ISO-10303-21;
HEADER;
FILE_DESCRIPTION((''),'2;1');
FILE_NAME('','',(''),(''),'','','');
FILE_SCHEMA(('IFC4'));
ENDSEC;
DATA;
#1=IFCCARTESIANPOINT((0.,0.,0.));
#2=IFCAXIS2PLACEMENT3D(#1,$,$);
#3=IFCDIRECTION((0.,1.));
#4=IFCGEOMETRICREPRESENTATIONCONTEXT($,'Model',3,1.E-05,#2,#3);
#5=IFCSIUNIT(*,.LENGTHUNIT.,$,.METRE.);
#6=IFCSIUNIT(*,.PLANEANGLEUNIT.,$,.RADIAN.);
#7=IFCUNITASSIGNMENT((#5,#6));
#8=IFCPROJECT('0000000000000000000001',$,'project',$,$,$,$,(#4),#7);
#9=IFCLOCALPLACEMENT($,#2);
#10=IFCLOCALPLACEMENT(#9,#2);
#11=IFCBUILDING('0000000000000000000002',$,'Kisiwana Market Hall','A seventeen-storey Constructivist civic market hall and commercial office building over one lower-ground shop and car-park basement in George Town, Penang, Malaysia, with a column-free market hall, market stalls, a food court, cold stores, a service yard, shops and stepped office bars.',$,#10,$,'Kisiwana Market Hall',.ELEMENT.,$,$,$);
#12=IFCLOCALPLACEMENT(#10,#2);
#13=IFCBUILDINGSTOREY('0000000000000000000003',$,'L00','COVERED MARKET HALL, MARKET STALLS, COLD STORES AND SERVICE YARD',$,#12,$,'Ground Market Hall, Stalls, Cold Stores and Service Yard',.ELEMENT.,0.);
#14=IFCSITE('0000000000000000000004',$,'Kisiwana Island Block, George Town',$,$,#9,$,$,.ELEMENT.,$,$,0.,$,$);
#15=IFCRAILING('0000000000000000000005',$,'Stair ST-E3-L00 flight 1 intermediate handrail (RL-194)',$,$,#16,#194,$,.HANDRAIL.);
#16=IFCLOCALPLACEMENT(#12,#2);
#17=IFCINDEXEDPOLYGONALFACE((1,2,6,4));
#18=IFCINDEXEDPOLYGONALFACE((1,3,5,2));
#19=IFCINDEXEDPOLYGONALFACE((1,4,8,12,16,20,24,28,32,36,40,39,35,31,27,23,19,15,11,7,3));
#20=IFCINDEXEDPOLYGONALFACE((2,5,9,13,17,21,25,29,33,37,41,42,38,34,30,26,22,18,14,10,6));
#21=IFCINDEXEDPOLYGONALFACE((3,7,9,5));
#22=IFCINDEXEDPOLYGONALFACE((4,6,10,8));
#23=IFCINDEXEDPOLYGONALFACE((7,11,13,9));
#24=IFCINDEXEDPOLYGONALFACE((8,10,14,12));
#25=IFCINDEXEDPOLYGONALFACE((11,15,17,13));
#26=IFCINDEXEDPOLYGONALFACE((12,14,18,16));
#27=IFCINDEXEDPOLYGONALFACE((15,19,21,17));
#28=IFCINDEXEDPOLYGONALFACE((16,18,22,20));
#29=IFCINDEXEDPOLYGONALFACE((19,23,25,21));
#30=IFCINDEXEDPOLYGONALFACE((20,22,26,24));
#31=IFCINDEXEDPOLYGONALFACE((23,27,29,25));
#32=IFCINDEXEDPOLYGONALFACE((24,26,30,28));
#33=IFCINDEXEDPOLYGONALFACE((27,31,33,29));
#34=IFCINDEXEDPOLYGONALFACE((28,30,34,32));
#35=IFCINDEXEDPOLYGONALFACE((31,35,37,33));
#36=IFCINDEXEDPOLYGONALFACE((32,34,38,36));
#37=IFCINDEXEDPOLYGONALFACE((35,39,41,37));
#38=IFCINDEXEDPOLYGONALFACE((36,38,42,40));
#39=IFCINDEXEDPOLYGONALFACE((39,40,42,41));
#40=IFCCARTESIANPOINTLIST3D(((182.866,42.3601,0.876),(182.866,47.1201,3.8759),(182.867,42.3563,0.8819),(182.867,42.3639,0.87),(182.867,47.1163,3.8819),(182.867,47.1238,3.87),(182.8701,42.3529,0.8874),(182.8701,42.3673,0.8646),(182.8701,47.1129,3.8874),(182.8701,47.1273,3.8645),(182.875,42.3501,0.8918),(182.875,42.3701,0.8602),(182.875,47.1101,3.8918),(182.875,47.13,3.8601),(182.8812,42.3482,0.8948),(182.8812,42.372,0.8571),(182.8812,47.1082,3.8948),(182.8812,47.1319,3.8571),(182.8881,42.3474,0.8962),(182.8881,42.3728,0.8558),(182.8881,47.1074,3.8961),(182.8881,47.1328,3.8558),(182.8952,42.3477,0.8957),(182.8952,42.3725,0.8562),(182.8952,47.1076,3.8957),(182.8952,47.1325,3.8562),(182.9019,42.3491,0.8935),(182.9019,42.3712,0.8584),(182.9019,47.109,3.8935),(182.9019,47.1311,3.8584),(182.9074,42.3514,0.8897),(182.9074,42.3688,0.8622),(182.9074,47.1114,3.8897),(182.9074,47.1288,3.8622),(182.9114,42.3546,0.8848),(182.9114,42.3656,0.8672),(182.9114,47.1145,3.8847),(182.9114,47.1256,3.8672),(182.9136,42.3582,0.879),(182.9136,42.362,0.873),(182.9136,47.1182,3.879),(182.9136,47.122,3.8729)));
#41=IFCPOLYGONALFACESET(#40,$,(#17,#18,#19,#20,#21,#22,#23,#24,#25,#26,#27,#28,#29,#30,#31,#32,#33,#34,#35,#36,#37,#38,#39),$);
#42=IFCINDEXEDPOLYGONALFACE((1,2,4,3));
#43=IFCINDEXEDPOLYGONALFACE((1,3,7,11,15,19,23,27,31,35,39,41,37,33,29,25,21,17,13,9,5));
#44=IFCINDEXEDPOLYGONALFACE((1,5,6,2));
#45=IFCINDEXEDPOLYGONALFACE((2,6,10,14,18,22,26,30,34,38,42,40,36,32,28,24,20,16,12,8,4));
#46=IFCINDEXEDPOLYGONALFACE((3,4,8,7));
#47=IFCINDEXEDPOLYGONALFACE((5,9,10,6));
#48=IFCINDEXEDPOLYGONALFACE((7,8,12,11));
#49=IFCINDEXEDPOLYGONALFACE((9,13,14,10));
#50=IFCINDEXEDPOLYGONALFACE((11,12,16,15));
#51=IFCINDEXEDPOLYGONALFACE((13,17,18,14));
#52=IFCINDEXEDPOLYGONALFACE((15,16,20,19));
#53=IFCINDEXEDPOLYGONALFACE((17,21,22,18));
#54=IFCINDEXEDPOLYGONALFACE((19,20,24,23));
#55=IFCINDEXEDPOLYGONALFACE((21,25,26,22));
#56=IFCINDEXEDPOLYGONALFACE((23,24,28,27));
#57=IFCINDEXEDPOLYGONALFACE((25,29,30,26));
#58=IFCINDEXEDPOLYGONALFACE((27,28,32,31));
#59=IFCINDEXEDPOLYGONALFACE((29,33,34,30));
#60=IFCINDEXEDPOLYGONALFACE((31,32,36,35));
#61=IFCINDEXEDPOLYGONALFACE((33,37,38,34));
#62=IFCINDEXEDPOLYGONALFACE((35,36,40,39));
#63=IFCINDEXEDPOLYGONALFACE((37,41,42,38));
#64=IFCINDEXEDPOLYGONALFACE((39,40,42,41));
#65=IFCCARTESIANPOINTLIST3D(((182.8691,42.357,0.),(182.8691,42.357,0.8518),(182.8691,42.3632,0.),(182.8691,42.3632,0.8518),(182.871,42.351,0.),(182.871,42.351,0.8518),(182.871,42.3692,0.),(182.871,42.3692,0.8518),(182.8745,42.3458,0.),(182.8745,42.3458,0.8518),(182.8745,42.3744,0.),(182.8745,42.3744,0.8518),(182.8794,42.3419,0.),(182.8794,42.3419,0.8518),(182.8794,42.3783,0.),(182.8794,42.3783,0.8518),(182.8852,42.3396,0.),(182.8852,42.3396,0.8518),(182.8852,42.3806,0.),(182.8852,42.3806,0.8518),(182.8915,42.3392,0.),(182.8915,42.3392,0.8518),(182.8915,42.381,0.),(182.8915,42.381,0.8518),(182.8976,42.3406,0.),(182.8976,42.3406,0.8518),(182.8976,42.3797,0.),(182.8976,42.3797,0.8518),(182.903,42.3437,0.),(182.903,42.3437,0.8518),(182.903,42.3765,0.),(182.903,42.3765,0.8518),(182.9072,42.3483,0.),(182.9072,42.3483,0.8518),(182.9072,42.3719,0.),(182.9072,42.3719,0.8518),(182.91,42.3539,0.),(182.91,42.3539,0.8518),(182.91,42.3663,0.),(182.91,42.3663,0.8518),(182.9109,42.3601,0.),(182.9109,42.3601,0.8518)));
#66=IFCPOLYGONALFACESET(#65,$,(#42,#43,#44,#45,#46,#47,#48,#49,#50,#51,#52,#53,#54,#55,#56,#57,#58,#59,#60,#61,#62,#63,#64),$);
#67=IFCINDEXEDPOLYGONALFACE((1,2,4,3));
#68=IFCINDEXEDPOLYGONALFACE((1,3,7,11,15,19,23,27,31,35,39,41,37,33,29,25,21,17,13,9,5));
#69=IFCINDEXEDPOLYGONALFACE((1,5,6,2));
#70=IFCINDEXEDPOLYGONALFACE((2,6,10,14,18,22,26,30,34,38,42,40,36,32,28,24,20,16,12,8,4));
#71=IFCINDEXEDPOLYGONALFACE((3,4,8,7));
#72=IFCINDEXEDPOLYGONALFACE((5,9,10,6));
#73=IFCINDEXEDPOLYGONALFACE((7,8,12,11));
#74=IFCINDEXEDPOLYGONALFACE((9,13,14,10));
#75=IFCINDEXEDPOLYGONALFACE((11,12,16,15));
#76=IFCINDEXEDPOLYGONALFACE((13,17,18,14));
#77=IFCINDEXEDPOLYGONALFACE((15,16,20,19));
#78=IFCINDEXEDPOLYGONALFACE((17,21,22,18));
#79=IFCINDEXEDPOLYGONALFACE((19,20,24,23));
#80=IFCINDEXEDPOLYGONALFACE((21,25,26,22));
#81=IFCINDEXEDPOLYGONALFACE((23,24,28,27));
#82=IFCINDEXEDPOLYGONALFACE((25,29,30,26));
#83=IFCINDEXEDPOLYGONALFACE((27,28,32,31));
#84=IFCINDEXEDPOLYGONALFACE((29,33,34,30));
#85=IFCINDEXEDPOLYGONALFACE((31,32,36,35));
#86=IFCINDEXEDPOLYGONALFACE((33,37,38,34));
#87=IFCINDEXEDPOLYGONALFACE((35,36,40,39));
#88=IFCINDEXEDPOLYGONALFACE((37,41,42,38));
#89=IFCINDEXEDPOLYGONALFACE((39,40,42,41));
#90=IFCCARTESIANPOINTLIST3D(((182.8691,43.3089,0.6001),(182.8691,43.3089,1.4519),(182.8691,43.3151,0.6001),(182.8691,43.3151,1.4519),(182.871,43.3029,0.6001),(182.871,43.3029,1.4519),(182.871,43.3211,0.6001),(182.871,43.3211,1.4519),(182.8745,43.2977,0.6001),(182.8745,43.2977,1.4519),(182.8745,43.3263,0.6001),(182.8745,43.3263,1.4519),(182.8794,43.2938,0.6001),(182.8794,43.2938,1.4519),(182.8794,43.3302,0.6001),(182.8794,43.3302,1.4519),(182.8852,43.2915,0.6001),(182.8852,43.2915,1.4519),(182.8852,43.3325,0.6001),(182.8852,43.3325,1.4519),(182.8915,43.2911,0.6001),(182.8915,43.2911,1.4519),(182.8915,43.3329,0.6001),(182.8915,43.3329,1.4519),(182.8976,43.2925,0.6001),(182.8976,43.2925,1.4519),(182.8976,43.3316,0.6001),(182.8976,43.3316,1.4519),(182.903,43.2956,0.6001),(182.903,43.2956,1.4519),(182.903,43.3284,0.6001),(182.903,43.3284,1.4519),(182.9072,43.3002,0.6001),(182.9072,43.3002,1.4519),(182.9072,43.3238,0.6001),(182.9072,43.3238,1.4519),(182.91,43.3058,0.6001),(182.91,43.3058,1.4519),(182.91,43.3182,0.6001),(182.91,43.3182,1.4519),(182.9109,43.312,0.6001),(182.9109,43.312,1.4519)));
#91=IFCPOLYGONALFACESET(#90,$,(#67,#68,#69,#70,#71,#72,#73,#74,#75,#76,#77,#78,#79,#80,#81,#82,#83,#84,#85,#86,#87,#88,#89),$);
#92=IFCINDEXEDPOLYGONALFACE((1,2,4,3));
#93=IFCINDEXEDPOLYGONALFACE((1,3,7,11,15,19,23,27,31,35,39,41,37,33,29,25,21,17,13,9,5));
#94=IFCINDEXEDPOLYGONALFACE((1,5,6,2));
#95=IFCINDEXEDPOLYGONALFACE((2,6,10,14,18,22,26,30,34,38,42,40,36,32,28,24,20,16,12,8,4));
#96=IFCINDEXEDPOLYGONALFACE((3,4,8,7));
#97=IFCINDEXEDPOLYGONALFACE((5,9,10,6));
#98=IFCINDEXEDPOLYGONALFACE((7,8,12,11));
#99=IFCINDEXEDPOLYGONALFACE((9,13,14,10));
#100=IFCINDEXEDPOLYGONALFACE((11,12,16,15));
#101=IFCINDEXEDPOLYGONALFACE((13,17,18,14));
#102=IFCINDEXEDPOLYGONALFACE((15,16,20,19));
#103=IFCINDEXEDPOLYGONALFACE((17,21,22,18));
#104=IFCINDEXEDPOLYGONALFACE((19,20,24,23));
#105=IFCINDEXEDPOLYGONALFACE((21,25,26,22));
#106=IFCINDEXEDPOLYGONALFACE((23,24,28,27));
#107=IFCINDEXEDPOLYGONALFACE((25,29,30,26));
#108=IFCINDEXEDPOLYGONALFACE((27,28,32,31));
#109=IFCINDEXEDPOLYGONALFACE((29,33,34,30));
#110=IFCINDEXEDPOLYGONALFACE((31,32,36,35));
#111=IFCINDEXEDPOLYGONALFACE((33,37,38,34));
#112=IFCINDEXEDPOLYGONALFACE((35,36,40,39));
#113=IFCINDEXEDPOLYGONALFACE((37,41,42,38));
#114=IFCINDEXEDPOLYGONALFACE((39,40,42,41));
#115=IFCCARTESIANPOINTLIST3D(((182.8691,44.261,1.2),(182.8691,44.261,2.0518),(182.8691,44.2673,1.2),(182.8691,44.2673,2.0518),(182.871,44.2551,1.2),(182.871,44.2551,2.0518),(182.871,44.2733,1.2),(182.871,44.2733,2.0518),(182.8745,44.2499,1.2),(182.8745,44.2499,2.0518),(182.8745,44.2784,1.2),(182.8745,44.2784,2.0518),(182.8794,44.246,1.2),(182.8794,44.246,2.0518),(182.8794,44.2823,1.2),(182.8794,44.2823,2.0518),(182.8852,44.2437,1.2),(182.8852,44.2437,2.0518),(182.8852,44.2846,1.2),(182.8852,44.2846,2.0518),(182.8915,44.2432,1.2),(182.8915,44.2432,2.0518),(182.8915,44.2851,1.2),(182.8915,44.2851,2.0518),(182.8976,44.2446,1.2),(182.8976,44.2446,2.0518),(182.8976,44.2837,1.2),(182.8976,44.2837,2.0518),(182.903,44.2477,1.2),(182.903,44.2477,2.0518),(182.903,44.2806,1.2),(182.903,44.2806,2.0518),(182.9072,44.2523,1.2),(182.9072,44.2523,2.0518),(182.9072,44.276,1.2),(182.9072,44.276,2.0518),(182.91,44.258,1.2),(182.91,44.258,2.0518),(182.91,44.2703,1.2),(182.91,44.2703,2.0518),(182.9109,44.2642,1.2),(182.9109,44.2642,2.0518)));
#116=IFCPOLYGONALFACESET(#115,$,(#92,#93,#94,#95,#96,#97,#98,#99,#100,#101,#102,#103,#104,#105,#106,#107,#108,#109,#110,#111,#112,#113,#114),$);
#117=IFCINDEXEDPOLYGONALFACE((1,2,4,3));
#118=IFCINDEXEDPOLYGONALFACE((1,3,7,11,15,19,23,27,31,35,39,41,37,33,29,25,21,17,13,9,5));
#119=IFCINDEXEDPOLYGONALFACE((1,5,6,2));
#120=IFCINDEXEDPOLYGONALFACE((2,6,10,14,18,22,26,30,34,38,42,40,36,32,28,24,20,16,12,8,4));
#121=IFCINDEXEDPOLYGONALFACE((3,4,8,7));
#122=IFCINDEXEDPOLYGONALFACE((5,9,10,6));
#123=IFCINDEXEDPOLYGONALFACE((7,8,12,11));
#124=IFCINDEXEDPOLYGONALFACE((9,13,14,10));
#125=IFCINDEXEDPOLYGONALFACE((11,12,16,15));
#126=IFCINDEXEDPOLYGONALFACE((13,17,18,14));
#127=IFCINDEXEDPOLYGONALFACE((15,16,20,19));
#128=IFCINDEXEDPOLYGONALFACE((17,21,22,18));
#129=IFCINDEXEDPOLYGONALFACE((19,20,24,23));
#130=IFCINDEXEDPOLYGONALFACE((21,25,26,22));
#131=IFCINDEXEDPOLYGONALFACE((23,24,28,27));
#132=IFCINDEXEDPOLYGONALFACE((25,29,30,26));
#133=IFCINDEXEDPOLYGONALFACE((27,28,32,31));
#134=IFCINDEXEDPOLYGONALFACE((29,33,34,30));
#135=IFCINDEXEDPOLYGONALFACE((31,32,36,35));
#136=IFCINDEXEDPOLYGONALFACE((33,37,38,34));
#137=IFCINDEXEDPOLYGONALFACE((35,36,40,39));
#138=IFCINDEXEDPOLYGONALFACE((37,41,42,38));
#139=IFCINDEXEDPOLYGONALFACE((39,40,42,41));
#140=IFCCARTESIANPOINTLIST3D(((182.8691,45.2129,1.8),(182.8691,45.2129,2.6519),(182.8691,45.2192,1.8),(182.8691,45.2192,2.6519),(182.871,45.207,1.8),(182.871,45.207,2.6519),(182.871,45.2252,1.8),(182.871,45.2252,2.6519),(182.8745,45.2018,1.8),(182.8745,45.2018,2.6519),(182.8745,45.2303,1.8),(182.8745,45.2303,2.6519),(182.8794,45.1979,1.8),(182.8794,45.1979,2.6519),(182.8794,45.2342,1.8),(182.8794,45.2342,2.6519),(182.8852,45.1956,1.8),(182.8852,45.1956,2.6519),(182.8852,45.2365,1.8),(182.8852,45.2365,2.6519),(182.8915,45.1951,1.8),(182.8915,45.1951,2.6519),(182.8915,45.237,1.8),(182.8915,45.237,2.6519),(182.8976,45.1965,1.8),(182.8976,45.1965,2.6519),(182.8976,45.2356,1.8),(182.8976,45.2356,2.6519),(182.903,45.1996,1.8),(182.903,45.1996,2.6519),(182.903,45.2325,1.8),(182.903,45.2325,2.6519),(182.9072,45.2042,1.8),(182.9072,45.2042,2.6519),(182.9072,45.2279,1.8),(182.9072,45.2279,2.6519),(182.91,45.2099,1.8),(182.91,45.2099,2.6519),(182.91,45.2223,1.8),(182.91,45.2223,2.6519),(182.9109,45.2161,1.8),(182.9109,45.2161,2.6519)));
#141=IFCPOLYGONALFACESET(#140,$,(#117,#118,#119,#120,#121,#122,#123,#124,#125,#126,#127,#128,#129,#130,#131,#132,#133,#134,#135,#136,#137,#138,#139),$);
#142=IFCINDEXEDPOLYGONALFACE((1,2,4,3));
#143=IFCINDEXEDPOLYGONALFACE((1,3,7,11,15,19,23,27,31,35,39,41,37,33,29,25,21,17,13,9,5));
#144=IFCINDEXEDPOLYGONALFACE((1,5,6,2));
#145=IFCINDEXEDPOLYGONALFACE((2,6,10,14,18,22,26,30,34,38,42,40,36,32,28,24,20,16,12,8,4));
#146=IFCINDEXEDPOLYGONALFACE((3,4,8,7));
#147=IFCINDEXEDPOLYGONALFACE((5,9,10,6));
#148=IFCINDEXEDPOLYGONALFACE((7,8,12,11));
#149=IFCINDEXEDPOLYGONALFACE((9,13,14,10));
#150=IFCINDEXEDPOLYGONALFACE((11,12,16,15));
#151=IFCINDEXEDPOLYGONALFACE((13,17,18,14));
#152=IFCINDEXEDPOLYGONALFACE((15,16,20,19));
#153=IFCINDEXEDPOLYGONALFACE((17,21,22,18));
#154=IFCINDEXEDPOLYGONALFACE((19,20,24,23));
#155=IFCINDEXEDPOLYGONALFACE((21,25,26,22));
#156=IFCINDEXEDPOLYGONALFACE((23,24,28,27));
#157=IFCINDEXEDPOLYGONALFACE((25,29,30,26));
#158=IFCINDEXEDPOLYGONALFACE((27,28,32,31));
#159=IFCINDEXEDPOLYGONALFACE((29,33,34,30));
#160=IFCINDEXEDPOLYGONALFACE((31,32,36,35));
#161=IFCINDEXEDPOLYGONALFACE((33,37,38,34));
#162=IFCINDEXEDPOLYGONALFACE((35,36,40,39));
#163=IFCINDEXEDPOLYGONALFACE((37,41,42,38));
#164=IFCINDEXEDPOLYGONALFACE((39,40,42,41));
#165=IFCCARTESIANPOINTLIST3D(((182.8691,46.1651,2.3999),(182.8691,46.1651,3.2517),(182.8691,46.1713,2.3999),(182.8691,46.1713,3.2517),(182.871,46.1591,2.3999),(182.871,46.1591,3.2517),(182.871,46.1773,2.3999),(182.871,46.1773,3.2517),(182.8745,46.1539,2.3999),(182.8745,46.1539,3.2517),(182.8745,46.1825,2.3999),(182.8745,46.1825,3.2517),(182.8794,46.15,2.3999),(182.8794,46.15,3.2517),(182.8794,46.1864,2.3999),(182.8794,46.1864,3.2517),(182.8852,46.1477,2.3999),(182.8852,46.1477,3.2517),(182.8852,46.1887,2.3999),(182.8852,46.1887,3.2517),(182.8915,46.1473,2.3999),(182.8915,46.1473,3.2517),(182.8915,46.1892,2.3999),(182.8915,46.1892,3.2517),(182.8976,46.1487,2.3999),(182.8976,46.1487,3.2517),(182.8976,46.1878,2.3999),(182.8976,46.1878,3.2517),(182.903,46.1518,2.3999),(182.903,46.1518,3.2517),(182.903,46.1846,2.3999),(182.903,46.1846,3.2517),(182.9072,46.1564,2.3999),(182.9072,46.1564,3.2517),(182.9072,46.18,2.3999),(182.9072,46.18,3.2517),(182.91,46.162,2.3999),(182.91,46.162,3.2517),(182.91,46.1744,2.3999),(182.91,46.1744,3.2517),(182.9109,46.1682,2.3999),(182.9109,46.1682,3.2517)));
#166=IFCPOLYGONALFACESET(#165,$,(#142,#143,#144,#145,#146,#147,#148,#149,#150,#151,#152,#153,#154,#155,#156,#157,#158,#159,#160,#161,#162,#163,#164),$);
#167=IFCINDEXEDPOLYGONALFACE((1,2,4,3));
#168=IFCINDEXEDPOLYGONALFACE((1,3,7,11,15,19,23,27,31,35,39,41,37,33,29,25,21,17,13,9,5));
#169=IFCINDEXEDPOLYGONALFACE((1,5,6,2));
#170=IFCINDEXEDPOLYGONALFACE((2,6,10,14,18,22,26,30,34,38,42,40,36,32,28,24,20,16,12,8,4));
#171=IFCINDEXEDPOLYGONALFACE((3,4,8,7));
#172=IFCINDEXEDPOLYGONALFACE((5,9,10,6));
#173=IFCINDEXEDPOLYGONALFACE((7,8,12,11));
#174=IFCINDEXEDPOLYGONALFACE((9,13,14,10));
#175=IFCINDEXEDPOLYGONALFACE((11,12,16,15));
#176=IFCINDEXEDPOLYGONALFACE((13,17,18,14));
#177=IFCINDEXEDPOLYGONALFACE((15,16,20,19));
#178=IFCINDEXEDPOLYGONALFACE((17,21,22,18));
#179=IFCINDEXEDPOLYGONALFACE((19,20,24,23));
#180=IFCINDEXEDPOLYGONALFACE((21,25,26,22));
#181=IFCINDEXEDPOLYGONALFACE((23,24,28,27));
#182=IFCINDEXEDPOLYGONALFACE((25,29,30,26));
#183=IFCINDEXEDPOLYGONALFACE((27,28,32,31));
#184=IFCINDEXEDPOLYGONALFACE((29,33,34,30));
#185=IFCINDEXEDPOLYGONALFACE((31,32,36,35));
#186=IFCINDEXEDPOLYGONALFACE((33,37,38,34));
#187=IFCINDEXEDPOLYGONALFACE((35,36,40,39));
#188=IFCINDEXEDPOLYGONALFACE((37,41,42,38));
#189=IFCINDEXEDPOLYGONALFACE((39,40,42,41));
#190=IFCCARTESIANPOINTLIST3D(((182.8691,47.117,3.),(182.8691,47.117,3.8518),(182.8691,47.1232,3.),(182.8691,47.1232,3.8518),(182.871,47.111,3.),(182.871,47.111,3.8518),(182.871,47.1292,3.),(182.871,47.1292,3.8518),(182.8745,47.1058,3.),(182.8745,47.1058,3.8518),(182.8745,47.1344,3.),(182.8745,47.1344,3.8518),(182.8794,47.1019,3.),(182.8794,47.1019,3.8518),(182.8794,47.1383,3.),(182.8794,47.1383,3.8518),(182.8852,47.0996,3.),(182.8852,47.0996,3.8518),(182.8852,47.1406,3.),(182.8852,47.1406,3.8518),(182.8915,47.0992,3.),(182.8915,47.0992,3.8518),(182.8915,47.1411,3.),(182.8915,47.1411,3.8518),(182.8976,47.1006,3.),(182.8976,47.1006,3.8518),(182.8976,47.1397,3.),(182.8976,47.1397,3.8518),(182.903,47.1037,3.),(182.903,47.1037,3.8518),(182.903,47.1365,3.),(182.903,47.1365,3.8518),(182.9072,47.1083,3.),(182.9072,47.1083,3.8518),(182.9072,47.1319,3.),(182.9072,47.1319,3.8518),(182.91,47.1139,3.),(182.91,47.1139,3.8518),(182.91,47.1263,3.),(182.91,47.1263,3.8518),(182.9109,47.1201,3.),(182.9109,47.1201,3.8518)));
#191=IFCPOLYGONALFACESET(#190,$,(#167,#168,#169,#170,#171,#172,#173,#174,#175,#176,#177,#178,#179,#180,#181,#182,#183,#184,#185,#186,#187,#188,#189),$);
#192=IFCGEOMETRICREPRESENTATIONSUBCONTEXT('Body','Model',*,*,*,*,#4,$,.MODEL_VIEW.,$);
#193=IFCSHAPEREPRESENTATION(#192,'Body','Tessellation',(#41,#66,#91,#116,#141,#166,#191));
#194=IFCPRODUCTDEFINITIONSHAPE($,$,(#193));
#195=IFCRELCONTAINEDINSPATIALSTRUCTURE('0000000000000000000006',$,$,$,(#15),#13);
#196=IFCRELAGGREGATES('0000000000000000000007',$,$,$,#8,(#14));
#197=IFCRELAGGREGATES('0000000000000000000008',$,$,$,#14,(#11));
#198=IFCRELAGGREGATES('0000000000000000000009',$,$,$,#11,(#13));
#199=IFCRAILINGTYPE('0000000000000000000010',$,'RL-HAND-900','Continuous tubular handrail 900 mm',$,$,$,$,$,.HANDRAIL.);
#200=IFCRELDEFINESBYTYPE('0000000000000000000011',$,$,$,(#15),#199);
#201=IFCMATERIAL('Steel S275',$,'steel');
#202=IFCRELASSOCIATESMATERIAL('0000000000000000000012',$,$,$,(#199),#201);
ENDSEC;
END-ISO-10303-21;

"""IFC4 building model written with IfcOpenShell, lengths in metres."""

from ifc_helpers import new_model, si_unit, direction, frame, origin, origin_2d, place, context, subcontext, project, spatial, circle, extrude, material, type_object, element, save


model = new_model("IFC4")

# Units and contexts
model_context = context("Model", 3, precision=1e-05, world=origin(), true_north=direction((0.0, 1.0)))
body_context = subcontext(model_context, "Body", "Model", "MODEL_VIEW")
ifc_project = project(units=[si_unit("LENGTHUNIT", "METRE"), si_unit("PLANEANGLEUNIT", "RADIAN")], contexts=[model_context])

# Site, building, storey
site_placement = place(None, origin())
site = spatial("IfcSite", under=ifc_project, at=site_placement, Name="Kisiwana Island Block, George Town", CompositionType="ELEMENT", RefElevation=0.0)
building_placement = place(site_placement, origin())
building = spatial("IfcBuilding", under=site, at=building_placement, Name="Kisiwana Market Hall", Description="A seventeen-storey Constructivist civic market hall and commercial office building over one lower-ground shop and car-park basement in George Town, Penang, Malaysia, with a column-free market hall, market stalls, a food court, cold stores, a service yard, shops and stepped office bars.", LongName="Kisiwana Market Hall", CompositionType="ELEMENT")
storey_placement = place(building_placement, origin())
storey = spatial("IfcBuildingStorey", under=building, at=storey_placement, Name="L00", Description="COVERED MARKET HALL, MARKET STALLS, COLD STORES AND SERVICE YARD", LongName="Ground Market Hall, Stalls, Cold Stores and Service Yard", CompositionType="ELEMENT", Elevation=0.0)

# Railing
ifc_material_1 = material(Name="Steel S275", Category="steel")
railing_type_1 = type_object("IfcRailingType", Name="RL-HAND-900", Description="Continuous tubular handrail 900 mm", PredefinedType="HANDRAIL", material=ifc_material_1)
for number, where, name in (
    (1, (182.8899, 42.3601, 0.0), "Stair ST-E3-L00 flight 1 intermediate handrail (RL-194)"),
):
    element("IfcRailing", number, at=place(storey_placement, frame(where)), inside=storey, type_object=railing_type_1, Name=name, PredefinedType="HANDRAIL", context=body_context, shape_type="SweptSolid", body=[
        extrude(circle(Radius=0.0239, at=origin_2d()), frame((0.0, 0.0, 0.876), z_axis=(0.0, 0.845996, 0.53319), x_axis=(-1.0, 0.0, 0.0)), (0.0, 0.0, 1.0), 5.6265),
        extrude(circle(Radius=0.021, at=origin_2d()), origin(), (0.0, 0.0, 1.0), 0.8518),
        extrude(circle(Radius=0.021, at=origin_2d()), frame((0.0, 0.9519, 0.6001)), (0.0, 0.0, 1.0), 0.8518),
        extrude(circle(Radius=0.021, at=origin_2d()), frame((0.0, 1.9041, 1.2)), (0.0, 0.0, 1.0), 0.8518),
        extrude(circle(Radius=0.021, at=origin_2d()), frame((0.0, 2.856, 1.8)), (0.0, 0.0, 1.0), 0.8518),
        extrude(circle(Radius=0.021, at=origin_2d()), frame((0.0, 3.8081, 2.3999)), (0.0, 0.0, 1.0), 0.8518),
        extrude(circle(Radius=0.021, at=origin_2d()), frame((0.0, 4.76, 3.0)), (0.0, 0.0, 1.0), 0.8518),
    ])

save(model, "model.ifc")
